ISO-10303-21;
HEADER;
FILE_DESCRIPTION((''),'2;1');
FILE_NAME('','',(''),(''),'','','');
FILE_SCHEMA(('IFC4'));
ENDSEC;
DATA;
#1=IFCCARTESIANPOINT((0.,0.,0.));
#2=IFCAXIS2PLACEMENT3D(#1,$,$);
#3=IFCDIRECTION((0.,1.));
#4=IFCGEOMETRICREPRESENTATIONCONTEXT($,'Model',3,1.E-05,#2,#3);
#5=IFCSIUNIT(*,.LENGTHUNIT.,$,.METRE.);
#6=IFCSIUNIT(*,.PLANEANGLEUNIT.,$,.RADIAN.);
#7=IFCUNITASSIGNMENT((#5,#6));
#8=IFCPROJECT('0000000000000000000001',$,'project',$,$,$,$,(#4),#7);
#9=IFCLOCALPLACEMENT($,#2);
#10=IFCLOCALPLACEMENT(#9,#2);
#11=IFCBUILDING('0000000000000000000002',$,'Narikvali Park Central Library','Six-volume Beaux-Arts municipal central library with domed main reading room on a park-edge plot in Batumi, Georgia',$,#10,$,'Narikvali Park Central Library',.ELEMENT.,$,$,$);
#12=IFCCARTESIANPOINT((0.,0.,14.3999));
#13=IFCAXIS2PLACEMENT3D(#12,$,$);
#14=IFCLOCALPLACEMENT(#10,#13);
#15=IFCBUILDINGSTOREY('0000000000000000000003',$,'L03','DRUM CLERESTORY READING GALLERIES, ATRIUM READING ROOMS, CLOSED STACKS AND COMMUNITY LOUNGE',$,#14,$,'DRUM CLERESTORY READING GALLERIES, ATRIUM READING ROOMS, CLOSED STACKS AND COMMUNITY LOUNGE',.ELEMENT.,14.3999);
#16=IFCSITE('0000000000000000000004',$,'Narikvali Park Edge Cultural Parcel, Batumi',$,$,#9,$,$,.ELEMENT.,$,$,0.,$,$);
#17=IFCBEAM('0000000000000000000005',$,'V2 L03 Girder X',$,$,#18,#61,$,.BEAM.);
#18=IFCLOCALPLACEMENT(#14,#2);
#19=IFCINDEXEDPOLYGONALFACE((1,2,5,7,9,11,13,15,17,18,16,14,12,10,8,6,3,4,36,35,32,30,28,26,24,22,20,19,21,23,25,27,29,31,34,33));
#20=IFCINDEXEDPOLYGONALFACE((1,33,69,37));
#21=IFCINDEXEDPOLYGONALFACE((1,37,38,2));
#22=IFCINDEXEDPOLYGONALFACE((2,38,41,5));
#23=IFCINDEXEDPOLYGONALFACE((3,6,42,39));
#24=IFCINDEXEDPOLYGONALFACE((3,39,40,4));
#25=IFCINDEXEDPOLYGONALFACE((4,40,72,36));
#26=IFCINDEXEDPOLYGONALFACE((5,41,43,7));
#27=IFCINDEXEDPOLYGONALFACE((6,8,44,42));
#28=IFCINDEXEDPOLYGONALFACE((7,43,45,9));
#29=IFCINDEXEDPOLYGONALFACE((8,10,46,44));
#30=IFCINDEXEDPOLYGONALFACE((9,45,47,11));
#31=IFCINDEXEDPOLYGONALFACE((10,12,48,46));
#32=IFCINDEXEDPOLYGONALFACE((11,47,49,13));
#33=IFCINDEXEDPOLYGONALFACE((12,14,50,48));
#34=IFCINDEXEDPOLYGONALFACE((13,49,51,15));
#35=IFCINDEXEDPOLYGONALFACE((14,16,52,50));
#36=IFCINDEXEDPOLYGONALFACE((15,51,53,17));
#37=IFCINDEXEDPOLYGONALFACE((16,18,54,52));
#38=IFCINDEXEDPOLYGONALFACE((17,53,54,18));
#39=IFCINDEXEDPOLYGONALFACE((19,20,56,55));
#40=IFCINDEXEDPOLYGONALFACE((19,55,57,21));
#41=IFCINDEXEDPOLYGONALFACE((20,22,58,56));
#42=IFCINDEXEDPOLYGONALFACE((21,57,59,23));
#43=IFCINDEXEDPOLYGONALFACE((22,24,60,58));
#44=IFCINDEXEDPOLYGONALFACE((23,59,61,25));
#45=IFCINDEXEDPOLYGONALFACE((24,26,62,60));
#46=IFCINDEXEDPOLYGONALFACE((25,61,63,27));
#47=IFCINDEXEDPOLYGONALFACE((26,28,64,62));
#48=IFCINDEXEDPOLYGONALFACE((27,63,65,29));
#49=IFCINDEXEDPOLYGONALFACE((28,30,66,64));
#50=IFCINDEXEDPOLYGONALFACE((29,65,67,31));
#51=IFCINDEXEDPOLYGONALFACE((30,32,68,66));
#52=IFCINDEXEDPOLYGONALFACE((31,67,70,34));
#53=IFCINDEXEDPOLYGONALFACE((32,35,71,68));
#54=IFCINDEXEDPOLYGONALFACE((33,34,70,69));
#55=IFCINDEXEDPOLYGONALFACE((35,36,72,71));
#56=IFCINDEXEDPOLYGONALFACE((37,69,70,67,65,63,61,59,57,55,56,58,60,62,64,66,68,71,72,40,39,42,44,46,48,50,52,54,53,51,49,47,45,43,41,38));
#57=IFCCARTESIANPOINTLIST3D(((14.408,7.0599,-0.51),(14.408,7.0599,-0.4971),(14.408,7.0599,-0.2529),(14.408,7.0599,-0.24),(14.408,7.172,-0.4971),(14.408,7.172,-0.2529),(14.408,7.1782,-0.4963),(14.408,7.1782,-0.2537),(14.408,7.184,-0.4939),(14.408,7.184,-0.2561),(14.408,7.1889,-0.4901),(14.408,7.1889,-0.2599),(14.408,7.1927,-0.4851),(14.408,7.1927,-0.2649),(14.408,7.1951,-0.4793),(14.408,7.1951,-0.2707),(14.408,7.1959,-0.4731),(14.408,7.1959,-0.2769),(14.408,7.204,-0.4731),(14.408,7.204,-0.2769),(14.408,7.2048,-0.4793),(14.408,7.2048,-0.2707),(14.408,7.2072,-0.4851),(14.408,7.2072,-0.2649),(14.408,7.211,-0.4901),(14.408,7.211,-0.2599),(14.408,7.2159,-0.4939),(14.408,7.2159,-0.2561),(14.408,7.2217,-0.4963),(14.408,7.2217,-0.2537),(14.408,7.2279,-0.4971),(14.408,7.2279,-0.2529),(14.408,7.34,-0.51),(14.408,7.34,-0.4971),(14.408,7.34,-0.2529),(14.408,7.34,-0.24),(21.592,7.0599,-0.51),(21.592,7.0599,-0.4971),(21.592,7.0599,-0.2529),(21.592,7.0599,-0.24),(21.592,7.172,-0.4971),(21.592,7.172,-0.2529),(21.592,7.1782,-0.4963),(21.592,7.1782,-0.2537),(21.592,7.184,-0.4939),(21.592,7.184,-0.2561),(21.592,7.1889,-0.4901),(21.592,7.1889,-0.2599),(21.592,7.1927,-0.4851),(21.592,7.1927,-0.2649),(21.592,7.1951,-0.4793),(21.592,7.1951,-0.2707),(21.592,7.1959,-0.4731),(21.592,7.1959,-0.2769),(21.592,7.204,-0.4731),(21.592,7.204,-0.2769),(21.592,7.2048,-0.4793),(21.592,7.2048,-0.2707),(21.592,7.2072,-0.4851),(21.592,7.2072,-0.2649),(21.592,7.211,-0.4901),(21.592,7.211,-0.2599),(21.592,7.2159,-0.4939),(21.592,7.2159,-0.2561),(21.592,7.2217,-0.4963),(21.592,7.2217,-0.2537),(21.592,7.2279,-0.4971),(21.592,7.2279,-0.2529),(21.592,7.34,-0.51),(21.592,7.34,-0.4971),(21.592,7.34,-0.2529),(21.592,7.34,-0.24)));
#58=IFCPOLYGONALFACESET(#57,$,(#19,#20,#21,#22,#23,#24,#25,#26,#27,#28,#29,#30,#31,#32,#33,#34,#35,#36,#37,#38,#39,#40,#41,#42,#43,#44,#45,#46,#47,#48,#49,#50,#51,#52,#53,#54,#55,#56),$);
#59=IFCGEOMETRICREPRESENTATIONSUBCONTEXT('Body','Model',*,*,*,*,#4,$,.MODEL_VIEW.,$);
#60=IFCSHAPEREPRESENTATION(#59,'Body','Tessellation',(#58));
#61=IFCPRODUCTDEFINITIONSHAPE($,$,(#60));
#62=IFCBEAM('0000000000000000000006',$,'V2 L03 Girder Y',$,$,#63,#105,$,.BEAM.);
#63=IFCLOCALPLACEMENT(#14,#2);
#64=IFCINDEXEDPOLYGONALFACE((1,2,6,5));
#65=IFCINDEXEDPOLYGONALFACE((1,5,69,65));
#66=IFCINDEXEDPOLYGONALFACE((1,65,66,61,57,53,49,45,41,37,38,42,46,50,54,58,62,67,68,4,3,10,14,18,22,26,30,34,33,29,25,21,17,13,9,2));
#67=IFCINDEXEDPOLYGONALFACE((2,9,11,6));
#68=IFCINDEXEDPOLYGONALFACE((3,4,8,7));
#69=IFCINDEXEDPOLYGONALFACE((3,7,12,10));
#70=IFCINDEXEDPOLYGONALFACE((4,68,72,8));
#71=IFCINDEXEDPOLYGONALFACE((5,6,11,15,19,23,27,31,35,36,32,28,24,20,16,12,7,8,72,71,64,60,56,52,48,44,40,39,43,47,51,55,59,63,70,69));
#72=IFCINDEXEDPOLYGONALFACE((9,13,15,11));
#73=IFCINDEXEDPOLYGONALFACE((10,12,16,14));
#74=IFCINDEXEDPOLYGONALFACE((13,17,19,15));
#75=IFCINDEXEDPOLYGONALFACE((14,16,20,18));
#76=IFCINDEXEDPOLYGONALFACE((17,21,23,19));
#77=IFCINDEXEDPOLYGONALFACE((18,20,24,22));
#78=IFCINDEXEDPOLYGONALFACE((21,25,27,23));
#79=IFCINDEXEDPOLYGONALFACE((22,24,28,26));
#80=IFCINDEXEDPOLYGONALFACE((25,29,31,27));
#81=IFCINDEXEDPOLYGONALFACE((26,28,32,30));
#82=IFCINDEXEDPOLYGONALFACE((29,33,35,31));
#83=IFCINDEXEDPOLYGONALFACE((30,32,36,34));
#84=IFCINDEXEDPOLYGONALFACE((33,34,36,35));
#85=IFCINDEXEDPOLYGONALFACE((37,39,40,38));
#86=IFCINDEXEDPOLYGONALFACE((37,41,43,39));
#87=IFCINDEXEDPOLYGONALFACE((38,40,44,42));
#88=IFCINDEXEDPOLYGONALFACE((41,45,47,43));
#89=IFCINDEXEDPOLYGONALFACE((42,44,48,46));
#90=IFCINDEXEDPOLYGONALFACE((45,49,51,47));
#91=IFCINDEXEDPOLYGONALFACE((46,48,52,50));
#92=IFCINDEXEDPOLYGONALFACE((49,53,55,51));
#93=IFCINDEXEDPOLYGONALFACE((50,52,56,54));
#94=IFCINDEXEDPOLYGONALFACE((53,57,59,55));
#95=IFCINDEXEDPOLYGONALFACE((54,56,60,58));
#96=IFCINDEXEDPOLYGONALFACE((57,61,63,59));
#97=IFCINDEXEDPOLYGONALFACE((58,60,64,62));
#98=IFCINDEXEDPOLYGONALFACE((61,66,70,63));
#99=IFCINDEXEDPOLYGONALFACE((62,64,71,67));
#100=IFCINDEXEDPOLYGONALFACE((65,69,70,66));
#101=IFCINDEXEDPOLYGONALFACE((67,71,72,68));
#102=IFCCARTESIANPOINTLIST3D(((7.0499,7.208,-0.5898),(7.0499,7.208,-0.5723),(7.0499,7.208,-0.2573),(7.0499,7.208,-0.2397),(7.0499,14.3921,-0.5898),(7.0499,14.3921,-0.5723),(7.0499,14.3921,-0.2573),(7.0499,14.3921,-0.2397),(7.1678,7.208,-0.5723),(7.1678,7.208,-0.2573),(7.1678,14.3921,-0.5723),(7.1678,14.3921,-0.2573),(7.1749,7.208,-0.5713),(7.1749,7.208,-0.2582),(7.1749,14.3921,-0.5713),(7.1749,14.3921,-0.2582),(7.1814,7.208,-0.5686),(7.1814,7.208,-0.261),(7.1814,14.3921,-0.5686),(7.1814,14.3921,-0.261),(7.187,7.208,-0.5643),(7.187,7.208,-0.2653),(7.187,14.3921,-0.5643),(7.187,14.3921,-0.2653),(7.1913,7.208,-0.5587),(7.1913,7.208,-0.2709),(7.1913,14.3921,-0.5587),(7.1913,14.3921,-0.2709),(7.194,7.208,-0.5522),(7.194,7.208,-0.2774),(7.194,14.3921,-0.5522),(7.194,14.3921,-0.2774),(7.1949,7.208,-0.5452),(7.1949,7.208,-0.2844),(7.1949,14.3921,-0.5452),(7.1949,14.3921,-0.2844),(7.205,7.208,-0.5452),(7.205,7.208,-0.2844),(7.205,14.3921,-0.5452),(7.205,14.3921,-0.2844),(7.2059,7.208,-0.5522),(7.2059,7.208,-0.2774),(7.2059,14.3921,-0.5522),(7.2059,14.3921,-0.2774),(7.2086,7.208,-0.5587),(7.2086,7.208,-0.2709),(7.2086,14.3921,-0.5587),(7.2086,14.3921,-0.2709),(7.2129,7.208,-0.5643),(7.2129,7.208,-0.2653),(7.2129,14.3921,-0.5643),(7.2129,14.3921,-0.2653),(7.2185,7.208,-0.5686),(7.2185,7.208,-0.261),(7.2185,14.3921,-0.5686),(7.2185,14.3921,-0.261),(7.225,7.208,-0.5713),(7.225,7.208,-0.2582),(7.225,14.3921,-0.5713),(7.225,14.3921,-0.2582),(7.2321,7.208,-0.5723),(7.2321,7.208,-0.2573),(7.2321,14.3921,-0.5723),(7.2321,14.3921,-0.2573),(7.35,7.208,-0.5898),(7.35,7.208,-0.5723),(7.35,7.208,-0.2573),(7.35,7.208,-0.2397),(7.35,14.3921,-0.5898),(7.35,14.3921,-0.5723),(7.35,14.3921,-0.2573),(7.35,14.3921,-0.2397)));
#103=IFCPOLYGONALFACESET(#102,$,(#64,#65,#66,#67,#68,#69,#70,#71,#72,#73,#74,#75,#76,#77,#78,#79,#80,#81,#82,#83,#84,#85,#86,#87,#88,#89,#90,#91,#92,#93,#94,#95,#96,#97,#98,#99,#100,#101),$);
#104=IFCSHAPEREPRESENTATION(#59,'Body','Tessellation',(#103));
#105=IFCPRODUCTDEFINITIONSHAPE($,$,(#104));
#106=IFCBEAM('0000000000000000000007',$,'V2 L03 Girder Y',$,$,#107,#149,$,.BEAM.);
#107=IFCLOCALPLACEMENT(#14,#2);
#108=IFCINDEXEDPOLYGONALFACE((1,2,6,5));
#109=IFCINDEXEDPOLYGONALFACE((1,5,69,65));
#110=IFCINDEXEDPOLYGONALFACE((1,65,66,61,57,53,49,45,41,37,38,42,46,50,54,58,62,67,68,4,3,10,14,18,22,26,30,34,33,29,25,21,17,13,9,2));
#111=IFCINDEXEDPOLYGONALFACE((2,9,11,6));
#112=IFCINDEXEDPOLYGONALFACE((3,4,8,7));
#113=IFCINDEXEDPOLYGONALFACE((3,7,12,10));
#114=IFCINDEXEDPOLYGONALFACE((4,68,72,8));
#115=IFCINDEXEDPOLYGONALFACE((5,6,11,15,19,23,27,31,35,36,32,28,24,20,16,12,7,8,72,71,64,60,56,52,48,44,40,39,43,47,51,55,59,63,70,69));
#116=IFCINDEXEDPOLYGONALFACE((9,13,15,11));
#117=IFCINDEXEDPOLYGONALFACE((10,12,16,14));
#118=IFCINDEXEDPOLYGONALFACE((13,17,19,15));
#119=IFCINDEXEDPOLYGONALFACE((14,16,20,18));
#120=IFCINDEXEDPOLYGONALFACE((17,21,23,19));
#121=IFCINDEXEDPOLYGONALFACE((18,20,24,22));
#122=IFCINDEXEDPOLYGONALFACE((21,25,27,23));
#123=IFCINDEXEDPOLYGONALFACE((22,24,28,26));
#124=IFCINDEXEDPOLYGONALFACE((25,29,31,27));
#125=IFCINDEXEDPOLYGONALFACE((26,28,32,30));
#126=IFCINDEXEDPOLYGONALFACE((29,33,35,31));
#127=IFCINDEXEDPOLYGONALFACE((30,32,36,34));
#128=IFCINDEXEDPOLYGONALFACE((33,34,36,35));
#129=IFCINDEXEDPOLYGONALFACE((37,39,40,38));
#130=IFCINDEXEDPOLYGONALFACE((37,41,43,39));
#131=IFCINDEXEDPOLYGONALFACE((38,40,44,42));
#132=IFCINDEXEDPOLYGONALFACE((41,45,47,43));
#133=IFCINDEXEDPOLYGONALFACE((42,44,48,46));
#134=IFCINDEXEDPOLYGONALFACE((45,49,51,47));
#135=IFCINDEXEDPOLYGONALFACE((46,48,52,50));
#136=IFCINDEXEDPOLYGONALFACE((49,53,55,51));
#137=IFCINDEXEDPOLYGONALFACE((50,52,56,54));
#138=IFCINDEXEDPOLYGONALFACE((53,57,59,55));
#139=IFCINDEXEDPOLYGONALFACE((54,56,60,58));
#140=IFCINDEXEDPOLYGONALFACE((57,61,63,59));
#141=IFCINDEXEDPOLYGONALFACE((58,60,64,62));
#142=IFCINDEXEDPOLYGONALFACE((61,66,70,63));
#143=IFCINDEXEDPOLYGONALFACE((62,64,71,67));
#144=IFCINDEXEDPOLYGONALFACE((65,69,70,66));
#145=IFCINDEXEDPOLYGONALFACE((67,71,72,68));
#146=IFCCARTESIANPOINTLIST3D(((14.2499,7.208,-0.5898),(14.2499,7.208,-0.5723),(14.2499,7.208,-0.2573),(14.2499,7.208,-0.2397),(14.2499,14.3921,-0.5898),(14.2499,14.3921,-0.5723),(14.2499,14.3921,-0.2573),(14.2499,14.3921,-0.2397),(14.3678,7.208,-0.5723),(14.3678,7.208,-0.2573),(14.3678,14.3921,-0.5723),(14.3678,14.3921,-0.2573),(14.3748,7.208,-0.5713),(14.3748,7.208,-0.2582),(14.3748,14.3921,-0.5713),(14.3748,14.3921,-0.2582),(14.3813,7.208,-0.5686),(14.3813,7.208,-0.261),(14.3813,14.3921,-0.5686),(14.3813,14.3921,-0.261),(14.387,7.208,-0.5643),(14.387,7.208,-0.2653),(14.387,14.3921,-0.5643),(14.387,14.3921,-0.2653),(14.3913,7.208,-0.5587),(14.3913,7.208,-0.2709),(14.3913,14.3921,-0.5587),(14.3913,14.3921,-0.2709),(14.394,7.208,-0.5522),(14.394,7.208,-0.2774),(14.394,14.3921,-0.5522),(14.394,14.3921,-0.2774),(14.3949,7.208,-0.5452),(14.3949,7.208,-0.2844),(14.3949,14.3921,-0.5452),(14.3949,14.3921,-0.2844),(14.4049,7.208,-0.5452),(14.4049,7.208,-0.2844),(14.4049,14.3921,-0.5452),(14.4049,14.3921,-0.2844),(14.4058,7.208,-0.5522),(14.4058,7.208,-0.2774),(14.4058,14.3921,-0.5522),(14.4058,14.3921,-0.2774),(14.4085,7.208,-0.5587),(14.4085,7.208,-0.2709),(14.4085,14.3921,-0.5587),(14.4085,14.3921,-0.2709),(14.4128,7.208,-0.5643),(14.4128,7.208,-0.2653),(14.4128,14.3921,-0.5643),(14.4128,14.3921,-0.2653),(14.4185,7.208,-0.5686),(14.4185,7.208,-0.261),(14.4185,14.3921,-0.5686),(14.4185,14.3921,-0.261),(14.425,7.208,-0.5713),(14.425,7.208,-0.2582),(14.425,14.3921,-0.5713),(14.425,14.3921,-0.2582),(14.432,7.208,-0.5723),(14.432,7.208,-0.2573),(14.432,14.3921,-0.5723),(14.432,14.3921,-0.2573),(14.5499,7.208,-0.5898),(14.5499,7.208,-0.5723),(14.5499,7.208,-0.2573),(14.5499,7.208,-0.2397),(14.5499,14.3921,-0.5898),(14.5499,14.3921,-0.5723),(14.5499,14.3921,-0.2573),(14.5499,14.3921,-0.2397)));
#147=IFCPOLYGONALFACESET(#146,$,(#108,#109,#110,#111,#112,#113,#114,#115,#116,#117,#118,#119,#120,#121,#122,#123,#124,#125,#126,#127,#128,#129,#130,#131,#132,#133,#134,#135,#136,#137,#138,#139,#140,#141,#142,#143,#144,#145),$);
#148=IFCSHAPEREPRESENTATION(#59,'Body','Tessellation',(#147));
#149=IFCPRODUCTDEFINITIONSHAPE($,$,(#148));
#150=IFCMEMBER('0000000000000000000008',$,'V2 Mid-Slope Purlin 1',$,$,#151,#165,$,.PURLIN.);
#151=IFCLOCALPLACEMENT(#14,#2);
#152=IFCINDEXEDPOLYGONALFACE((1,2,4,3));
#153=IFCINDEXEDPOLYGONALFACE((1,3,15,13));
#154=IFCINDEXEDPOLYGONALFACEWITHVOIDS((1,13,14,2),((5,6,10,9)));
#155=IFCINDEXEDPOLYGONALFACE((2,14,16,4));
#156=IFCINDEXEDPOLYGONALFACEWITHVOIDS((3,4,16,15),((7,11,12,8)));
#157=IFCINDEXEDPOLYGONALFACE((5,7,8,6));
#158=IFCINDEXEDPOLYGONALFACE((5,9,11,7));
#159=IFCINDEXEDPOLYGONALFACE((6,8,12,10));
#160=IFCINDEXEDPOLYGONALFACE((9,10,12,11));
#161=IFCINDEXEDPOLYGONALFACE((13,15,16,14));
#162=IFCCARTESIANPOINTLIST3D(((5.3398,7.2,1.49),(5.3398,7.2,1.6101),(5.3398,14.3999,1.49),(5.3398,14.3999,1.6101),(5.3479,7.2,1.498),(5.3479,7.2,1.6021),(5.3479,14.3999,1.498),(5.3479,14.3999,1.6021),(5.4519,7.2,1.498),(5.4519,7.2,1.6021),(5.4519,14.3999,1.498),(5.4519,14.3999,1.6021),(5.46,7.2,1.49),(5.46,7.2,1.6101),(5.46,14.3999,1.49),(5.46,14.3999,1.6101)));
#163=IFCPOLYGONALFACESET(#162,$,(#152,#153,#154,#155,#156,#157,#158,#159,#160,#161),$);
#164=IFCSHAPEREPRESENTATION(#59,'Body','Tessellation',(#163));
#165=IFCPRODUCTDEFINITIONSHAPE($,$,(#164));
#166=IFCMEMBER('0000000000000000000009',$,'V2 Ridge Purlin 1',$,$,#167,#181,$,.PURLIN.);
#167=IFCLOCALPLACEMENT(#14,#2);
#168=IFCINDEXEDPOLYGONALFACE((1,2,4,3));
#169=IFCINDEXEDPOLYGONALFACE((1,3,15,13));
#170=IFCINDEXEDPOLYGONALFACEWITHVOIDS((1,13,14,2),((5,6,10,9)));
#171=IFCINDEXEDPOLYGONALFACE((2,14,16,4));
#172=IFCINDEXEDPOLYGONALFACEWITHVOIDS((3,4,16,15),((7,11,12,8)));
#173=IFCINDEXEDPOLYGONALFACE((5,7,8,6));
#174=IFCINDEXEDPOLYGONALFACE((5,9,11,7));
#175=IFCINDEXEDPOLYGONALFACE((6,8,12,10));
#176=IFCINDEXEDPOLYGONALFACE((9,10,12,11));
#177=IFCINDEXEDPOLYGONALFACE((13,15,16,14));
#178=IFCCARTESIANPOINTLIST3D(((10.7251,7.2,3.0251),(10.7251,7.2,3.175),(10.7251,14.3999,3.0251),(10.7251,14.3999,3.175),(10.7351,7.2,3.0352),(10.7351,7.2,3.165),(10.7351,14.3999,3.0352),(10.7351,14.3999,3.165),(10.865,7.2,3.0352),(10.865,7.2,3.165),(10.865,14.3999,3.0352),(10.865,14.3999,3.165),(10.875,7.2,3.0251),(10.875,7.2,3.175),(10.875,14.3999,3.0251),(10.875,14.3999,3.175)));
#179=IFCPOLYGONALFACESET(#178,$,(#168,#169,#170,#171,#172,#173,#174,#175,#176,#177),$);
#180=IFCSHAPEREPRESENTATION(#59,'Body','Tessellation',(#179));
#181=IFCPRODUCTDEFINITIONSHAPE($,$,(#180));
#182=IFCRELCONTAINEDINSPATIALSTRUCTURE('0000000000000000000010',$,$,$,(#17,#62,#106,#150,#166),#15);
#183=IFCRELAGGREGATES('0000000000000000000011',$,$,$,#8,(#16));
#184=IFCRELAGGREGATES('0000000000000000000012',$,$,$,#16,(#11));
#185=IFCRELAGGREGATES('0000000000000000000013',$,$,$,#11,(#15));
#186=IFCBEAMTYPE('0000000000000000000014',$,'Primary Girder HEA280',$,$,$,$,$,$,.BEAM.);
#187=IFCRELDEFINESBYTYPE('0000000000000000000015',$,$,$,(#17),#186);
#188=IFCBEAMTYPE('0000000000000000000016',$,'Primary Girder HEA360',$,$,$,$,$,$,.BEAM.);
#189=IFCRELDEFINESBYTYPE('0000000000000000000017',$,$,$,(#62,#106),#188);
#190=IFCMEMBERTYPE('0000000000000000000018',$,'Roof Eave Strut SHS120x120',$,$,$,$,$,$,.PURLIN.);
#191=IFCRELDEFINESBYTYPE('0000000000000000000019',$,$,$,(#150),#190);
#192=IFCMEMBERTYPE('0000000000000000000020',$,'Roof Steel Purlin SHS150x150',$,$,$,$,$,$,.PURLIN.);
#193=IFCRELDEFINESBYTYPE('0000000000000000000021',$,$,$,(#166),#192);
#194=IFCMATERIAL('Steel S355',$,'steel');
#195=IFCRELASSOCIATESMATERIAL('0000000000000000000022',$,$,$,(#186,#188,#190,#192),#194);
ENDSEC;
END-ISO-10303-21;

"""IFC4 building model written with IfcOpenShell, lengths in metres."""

from ifc_helpers import new_model, si_unit, direction, frame, origin, origin_2d, place, context, subcontext, project, spatial, hollow_rectangle, i_section, extrude, material, material_profile, profile_set, type_object, element, save


model = new_model("IFC4")

# Units and contexts
model_context = context("Model", 3, precision=1e-05, world=origin(), true_north=direction((0.0, 1.0)))
body_context = subcontext(model_context, "Body", "Model", "MODEL_VIEW")
ifc_project = project(units=[si_unit("LENGTHUNIT", "METRE"), si_unit("PLANEANGLEUNIT", "RADIAN")], contexts=[model_context])

# Site, building, storey
site_placement = place(None, origin())
site = spatial("IfcSite", under=ifc_project, at=site_placement, Name="Narikvali Park Edge Cultural Parcel, Batumi", CompositionType="ELEMENT", RefElevation=0.0)
building_placement = place(site_placement, origin())
building = spatial("IfcBuilding", under=site, at=building_placement, Name="Narikvali Park Central Library", Description="Six-volume Beaux-Arts municipal central library with domed main reading room on a park-edge plot in Batumi, Georgia", LongName="Narikvali Park Central Library", CompositionType="ELEMENT")
storey_placement = place(building_placement, frame((0.0, 0.0, 14.3999)))
storey = spatial("IfcBuildingStorey", under=building, at=storey_placement, Name="L03", Description="DRUM CLERESTORY READING GALLERIES, ATRIUM READING ROOMS, CLOSED STACKS AND COMMUNITY LOUNGE", LongName="DRUM CLERESTORY READING GALLERIES, ATRIUM READING ROOMS, CLOSED STACKS AND COMMUNITY LOUNGE", CompositionType="ELEMENT", Elevation=14.3999)

# Shared definitions
ifc_material_1 = material(Name="Steel S355", Category="steel")

# Beams
ifc_material_profile_1 = material_profile(ifc_material_1, i_section(OverallWidth=0.28, OverallDepth=0.27, WebThickness=0.0081, FlangeThickness=0.0129, FilletRadius=0.0239, at=origin_2d()), Name="HEA 280")
ifc_profile_set_1 = profile_set([ifc_material_profile_1], Name="Steel S355")
beam_type_1 = type_object("IfcBeamType", Name="Primary Girder HEA280", PredefinedType="BEAM", material=ifc_profile_set_1)
for number, where, z_axis, x_axis, name in (
    (1, (14.408, 7.2, -0.375), (1.0, 0.0, 0.0), (0.0, 1.0, 0.0), "V2 L03 Girder X"),
):
    element("IfcBeam", number, at=place(storey_placement, frame(where, z_axis=z_axis, x_axis=x_axis)), inside=storey, type_object=beam_type_1, Name=name, PredefinedType="BEAM", context=body_context, shape_type="SweptSolid", body=[
        extrude(i_section(OverallWidth=0.28, OverallDepth=0.27, WebThickness=0.0081, FlangeThickness=0.0129, FilletRadius=0.0239, at=origin_2d()), origin(), (0.0, 0.0, 1.0), 7.1841),
    ])
ifc_material_profile_2 = material_profile(ifc_material_1, i_section(OverallWidth=0.3, OverallDepth=0.3501, WebThickness=0.01, FlangeThickness=0.0176, FilletRadius=0.0271, at=origin_2d()), Name="HEA 360")
ifc_profile_set_2 = profile_set([ifc_material_profile_2], Name="Steel S355")
beam_type_2 = type_object("IfcBeamType", Name="Primary Girder HEA360", PredefinedType="BEAM", material=ifc_profile_set_2)
for number, where, z_axis, x_axis, name in (
    (2, (7.2, 7.208, -0.4148), (0.0, 1.0, 0.0), (-1.0, 0.0, 0.0), "V2 L03 Girder Y"),
    (3, (14.3999, 7.208, -0.4148), (0.0, 1.0, 0.0), (-1.0, 0.0, 0.0), "V2 L03 Girder Y"),
):
    element("IfcBeam", number, at=place(storey_placement, frame(where, z_axis=z_axis, x_axis=x_axis)), inside=storey, type_object=beam_type_2, Name=name, PredefinedType="BEAM", context=body_context, shape_type="SweptSolid", body=[
        extrude(i_section(OverallWidth=0.3, OverallDepth=0.3501, WebThickness=0.01, FlangeThickness=0.0176, FilletRadius=0.0271, at=origin_2d()), origin(), (0.0, 0.0, 1.0), 7.1841),
    ])

# Members
ifc_material_profile_3 = material_profile(ifc_material_1, hollow_rectangle(XDim=0.1201, YDim=0.1201, WallThickness=0.0081, at=origin_2d()), Name="SHS 120x120x8")
ifc_profile_set_3 = profile_set([ifc_material_profile_3], Name="Steel S355")
member_type_1 = type_object("IfcMemberType", Name="Roof Eave Strut SHS120x120", PredefinedType="PURLIN", material=ifc_profile_set_3)
member_1_placement = place(storey_placement, frame((5.3999, 7.2, 1.55), z_axis=(0.0, 1.0, 0.0), x_axis=(-1.0, 0.0, 0.0)))
element("IfcMember", 4, at=member_1_placement, inside=storey, type_object=member_type_1, Name="V2 Mid-Slope Purlin 1", PredefinedType="PURLIN", context=body_context, shape_type="SweptSolid", body=[
    extrude(hollow_rectangle(XDim=0.1201, YDim=0.1201, WallThickness=0.0081, at=origin_2d()), origin(), (0.0, 0.0, 1.0), 7.2),
])
ifc_material_profile_4 = material_profile(ifc_material_1, hollow_rectangle(XDim=0.1499, YDim=0.1499, WallThickness=0.01, at=origin_2d()), Name="SHS 150x150x10")
ifc_profile_set_4 = profile_set([ifc_material_profile_4], Name="Steel S355")
member_type_2 = type_object("IfcMemberType", Name="Roof Steel Purlin SHS150x150", PredefinedType="PURLIN", material=ifc_profile_set_4)
member_2_placement = place(storey_placement, frame((10.8, 7.2, 3.1001), z_axis=(0.0, 1.0, 0.0), x_axis=(-1.0, 0.0, 0.0)))
element("IfcMember", 5, at=member_2_placement, inside=storey, type_object=member_type_2, Name="V2 Ridge Purlin 1", PredefinedType="PURLIN", context=body_context, shape_type="SweptSolid", body=[
    extrude(hollow_rectangle(XDim=0.1499, YDim=0.1499, WallThickness=0.01, at=origin_2d()), origin(), (0.0, 0.0, 1.0), 7.2),
])

save(model, "model.ifc")
